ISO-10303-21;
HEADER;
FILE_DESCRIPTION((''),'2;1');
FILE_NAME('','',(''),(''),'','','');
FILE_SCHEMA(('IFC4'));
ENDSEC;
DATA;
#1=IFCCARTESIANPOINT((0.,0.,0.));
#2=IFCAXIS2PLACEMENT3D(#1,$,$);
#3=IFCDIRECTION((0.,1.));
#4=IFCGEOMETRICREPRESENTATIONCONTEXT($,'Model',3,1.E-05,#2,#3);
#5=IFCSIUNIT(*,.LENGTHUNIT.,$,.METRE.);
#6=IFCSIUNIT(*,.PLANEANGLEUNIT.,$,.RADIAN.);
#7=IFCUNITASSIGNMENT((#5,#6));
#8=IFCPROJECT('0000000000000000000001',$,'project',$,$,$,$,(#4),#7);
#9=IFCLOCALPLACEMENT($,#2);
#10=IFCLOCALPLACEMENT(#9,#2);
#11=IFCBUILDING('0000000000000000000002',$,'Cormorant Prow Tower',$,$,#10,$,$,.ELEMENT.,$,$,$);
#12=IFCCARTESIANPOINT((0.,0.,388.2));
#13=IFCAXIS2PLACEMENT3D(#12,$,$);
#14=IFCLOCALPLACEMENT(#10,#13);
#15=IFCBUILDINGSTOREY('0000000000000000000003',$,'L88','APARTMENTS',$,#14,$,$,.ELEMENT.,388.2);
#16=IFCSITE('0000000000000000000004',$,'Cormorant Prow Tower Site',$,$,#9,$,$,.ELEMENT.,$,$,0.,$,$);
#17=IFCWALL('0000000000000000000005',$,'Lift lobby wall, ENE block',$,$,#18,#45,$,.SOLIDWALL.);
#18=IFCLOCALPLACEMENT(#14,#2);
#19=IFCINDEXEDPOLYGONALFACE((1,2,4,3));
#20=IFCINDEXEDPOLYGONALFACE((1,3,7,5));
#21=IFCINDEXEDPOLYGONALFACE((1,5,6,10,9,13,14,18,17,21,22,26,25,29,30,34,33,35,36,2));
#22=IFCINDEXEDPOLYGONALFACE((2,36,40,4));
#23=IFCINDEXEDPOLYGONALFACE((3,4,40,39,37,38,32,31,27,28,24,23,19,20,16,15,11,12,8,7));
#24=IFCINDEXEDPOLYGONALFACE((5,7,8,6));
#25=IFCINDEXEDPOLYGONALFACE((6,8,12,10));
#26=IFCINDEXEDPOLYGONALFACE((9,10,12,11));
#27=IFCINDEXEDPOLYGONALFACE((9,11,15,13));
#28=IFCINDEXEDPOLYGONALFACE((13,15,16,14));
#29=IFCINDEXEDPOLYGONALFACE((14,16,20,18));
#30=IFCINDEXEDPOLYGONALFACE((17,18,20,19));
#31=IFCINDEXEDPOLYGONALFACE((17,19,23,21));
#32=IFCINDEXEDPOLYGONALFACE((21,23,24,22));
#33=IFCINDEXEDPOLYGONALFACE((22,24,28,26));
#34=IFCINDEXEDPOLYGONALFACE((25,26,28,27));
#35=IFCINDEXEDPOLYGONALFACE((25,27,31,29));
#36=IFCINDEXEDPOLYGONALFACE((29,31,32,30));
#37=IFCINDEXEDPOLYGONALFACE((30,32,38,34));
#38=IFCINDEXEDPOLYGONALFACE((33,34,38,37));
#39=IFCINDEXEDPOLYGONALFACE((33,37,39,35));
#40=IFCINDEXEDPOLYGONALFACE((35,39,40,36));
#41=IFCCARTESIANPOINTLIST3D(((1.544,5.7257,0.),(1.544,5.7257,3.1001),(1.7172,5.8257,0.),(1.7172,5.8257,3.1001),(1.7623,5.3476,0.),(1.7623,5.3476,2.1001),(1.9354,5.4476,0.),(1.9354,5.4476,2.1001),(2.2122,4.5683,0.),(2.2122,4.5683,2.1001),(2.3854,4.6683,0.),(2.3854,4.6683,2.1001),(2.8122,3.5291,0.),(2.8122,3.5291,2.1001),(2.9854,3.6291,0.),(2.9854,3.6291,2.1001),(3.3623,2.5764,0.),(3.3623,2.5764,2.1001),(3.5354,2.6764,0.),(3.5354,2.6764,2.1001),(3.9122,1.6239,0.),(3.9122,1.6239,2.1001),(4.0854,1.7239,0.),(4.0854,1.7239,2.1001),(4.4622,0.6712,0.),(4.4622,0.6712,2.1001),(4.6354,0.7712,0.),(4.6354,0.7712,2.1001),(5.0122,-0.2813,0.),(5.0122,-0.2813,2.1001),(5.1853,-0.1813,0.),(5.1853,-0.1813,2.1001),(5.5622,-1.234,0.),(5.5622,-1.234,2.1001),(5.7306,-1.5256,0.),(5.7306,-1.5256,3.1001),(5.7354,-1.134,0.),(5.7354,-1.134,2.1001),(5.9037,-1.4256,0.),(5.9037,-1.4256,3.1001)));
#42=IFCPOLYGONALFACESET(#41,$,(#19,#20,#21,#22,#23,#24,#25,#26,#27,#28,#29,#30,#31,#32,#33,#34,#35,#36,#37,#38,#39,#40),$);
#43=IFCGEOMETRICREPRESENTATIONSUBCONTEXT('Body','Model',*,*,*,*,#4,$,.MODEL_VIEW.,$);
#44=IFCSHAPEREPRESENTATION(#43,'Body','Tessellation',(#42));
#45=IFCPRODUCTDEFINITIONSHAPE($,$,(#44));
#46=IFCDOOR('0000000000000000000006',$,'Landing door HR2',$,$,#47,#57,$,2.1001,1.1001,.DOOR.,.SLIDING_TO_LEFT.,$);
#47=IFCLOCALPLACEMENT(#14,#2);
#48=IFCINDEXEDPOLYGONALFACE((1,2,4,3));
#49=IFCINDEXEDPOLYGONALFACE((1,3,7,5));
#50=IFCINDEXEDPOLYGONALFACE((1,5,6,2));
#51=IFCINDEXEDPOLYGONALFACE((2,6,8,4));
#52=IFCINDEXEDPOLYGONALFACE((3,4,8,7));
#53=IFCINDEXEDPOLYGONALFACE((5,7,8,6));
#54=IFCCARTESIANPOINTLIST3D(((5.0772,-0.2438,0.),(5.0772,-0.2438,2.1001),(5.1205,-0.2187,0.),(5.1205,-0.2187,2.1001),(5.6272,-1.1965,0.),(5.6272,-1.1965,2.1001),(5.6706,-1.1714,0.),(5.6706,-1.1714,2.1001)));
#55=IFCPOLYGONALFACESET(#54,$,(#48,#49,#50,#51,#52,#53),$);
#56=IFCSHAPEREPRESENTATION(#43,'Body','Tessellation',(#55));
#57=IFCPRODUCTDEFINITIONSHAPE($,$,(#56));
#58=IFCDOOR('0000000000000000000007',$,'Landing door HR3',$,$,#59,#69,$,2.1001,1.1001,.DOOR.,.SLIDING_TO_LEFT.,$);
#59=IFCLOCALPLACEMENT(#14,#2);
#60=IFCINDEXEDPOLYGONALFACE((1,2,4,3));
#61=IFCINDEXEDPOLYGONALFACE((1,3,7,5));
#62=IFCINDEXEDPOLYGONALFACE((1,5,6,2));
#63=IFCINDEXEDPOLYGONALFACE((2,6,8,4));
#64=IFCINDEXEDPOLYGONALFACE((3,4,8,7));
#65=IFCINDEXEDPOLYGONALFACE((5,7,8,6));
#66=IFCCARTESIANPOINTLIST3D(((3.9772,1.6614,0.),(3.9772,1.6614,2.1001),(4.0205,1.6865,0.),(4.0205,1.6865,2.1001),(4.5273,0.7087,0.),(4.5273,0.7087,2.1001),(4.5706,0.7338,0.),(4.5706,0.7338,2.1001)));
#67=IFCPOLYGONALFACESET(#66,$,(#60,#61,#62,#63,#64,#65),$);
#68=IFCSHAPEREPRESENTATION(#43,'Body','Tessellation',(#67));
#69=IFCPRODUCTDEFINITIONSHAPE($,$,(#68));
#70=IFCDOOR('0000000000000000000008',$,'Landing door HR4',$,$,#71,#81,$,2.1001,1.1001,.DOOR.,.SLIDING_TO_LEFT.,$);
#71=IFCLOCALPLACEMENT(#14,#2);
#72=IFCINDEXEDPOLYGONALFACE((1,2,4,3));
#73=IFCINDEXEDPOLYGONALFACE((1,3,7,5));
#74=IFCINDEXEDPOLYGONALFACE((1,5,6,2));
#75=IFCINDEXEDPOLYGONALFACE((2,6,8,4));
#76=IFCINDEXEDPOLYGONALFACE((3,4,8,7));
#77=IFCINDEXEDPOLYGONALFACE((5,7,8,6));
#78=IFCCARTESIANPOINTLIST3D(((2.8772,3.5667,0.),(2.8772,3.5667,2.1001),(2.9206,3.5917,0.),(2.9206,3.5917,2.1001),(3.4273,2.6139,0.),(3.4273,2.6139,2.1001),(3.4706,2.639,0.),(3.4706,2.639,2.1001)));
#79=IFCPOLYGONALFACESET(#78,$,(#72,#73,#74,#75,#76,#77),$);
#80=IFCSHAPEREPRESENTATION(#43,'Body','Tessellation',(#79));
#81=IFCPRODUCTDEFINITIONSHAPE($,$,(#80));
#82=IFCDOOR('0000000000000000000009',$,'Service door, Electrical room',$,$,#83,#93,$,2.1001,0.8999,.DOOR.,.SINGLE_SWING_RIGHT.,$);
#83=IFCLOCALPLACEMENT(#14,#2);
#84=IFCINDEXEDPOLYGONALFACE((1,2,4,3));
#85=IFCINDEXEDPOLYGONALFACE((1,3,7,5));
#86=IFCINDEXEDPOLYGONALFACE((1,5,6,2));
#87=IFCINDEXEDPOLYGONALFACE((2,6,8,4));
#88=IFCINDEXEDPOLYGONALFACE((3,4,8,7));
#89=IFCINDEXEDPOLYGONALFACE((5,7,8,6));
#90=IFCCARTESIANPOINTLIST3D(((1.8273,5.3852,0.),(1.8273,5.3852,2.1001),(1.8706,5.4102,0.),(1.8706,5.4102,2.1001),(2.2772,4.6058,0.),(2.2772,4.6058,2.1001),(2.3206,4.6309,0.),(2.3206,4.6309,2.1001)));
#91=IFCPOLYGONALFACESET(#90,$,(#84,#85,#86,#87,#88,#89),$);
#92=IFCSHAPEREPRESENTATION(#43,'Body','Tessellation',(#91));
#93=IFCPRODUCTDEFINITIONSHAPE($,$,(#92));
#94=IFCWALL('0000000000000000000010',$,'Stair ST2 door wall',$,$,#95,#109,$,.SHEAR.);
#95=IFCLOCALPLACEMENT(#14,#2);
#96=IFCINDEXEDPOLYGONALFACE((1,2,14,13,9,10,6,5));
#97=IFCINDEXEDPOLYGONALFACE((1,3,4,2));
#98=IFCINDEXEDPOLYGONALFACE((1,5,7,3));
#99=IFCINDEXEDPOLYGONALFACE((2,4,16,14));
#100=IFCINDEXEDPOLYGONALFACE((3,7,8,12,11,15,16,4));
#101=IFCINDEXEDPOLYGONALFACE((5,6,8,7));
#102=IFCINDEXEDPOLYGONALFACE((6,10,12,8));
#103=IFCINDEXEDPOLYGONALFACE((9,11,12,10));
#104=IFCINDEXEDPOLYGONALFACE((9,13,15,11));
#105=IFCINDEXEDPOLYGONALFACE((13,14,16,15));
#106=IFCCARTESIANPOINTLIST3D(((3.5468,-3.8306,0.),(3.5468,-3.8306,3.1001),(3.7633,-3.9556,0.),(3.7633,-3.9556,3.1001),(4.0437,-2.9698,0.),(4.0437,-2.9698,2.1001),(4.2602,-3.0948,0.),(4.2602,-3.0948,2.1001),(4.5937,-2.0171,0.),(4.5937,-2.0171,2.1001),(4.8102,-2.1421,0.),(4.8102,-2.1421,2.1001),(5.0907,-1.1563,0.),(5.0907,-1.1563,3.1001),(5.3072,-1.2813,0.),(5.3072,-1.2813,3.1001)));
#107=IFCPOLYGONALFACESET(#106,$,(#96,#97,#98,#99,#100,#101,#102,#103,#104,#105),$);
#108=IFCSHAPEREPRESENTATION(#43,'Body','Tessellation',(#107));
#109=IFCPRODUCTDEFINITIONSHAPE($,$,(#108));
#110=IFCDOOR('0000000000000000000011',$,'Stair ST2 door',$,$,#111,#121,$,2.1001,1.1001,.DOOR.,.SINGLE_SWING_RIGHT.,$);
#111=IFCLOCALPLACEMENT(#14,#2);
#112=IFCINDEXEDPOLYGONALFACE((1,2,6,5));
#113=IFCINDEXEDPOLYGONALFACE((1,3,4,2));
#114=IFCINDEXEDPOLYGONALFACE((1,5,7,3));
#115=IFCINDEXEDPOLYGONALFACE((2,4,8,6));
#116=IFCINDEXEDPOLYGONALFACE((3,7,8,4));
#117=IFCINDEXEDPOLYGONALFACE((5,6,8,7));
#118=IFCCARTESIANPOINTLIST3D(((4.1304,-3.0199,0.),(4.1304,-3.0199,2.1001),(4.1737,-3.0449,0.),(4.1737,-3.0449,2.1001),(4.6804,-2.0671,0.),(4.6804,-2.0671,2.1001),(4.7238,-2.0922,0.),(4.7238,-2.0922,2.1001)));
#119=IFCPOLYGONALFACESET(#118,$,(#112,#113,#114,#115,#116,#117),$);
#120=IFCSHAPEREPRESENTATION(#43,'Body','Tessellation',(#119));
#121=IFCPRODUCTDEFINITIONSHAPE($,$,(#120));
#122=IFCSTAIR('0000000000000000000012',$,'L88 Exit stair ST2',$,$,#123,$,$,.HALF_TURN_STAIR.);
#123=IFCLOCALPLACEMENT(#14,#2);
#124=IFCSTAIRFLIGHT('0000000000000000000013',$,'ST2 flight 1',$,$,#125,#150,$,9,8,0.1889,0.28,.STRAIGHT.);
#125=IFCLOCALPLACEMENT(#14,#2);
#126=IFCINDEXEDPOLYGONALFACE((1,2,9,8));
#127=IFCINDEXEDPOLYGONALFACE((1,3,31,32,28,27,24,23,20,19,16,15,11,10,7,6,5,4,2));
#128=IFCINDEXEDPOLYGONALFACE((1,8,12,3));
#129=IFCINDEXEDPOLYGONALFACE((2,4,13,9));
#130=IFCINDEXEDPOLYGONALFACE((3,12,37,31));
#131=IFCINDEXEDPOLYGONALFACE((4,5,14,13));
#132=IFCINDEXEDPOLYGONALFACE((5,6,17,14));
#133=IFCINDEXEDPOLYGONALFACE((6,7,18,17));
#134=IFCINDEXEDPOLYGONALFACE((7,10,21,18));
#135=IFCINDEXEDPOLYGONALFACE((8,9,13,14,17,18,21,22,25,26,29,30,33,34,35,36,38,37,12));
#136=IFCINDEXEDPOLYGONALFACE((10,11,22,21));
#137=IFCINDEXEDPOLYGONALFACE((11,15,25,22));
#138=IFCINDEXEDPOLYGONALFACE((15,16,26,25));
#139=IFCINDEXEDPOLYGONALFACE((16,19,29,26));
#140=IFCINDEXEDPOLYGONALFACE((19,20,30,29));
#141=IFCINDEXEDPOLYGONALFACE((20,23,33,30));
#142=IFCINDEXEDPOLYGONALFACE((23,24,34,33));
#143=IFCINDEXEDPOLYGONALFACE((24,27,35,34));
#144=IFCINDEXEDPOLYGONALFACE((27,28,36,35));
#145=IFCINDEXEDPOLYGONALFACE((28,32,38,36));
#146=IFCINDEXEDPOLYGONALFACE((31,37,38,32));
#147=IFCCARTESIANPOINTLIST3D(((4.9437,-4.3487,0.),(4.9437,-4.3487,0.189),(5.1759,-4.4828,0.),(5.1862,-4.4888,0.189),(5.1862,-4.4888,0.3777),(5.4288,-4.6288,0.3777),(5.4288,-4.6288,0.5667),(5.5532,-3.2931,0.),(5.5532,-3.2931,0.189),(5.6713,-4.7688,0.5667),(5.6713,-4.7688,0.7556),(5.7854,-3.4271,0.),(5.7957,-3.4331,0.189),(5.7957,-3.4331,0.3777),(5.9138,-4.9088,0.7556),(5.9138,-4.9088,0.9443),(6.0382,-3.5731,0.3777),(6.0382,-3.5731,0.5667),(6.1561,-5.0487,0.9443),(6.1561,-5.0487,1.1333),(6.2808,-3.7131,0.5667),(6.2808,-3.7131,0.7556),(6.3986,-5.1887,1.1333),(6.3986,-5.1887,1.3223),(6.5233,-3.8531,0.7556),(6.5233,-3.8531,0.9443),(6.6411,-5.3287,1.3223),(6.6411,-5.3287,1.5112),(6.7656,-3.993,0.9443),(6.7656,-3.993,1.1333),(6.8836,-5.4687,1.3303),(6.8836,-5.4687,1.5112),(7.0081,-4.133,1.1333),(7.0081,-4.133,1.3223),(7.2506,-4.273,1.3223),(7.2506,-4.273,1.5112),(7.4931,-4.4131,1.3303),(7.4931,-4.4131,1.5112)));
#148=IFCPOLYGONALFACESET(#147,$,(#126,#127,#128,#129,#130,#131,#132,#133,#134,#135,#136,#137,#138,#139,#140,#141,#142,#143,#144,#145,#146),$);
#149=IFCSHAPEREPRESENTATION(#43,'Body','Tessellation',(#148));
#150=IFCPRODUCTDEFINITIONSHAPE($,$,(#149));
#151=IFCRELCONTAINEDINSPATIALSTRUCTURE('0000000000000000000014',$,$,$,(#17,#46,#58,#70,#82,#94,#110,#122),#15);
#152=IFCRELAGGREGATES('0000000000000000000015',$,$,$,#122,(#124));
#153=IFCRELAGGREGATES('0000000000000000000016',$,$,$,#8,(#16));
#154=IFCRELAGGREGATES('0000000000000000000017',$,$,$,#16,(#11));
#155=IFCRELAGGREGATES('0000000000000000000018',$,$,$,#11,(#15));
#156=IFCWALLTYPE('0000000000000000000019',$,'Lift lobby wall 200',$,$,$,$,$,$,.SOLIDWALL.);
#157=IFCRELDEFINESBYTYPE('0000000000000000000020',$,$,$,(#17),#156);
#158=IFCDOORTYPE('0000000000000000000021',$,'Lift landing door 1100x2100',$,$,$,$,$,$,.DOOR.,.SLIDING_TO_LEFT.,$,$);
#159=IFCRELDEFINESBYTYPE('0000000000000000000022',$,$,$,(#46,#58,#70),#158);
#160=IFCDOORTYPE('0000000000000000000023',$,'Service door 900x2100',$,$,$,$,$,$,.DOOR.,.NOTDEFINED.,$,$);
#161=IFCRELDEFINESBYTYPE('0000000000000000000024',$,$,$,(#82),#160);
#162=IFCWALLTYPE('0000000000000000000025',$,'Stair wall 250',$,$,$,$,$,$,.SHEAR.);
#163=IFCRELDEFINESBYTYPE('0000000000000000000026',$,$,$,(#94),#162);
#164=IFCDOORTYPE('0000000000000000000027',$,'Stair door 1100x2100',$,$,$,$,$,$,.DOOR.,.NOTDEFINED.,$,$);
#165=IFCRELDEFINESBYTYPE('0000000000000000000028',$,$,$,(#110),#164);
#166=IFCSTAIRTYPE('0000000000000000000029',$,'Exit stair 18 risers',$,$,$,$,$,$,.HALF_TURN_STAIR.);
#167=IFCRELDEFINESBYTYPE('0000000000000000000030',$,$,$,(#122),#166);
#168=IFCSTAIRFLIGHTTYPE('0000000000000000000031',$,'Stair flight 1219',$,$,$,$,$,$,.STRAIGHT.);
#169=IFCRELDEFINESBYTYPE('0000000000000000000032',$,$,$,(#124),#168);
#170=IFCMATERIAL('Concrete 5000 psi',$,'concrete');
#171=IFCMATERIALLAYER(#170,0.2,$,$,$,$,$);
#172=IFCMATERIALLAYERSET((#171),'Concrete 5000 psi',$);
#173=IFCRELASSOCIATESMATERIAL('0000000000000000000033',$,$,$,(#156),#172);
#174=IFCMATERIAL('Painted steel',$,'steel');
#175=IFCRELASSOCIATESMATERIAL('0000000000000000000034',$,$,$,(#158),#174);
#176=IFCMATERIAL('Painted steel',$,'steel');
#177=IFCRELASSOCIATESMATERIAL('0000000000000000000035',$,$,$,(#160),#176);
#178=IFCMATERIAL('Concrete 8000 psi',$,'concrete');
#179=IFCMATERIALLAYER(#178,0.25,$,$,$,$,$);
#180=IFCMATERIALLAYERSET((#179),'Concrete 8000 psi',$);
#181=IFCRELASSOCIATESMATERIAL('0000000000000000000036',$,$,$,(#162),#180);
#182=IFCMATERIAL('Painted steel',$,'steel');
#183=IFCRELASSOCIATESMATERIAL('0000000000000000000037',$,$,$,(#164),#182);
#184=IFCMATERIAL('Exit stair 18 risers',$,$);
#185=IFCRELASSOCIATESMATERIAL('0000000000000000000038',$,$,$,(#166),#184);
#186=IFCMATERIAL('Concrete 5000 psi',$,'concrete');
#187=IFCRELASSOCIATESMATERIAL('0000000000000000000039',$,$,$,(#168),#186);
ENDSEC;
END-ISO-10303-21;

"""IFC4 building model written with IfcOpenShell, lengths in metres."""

from ifc_helpers import new_model, si_unit, direction, frame, frame_2d, origin, place, context, subcontext, project, spatial, polyline, rectangle, outline, extrude, material, layer, layer_set, type_object, element, fill, aggregate, save


model = new_model("IFC4")

# Units and contexts
model_context = context("Model", 3, precision=1e-05, world=origin(), true_north=direction((0.0, 1.0)))
body_context = subcontext(model_context, "Body", "Model", "MODEL_VIEW")
ifc_project = project(units=[si_unit("LENGTHUNIT", "METRE"), si_unit("PLANEANGLEUNIT", "RADIAN")], contexts=[model_context])

# Site, building, storey
site_placement = place(None, origin())
site = spatial("IfcSite", under=ifc_project, at=site_placement, Name="Cormorant Prow Tower Site", CompositionType="ELEMENT", RefElevation=0.0)
building_placement = place(site_placement, origin())
building = spatial("IfcBuilding", under=site, at=building_placement, Name="Cormorant Prow Tower", CompositionType="ELEMENT")
storey_placement = place(building_placement, frame((0.0, 0.0, 388.2)))
storey = spatial("IfcBuildingStorey", under=building, at=storey_placement, Name="L88", Description="APARTMENTS", CompositionType="ELEMENT", Elevation=388.2)

# Wall, openings, doors
ifc_material_1 = material(Name="Concrete 5000 psi", Category="concrete")
ifc_layer_1 = layer(ifc_material_1, 0.2)
ifc_layer_set_1 = layer_set([ifc_layer_1], Name="Concrete 5000 psi")
wall_type_1 = type_object("IfcWallType", Name="Lift lobby wall 200", PredefinedType="SOLIDWALL", material=ifc_layer_set_1)
wall_1_placement = place(storey_placement, frame((5.8171, -1.4756, 0.0), z_axis=(0.0, 0.0, 1.0), x_axis=(-0.500003, 0.866024, 0.0)))
wall_1 = element("IfcWall", 1, at=wall_1_placement, inside=storey, type_object=wall_type_1, Name="Lift lobby wall, ENE block", PredefinedType="SOLIDWALL", context=body_context, shape_type="SweptSolid", body=[
    extrude(rectangle(XDim=8.373, YDim=0.2, at=frame_2d((4.1865, 0.0))), origin(), (0.0, 0.0, 1.0), 3.1001),
])
opening_1_placement = place(wall_1_placement, frame((0.3367, 0.0, 0.0)))
opening_1 = element("IfcOpeningElement", 2, at=opening_1_placement, cuts=wall_1, PredefinedType="OPENING", context=body_context, shape_type="SweptSolid", body=[
    extrude(rectangle(XDim=1.1001, YDim=2.1001, at=frame_2d((0.55, 1.05))), frame((0.0, 0.1099, 0.0), z_axis=(0.0, -1.0, 0.0), x_axis=(1.0, 0.0, 0.0)), (0.0, 0.0, 1.0), 0.22),
])
opening_2_placement = place(wall_1_placement, frame((2.5366, 0.0, 0.0)))
opening_2 = element("IfcOpeningElement", 3, at=opening_2_placement, cuts=wall_1, PredefinedType="OPENING", context=body_context, shape_type="SweptSolid", body=[
    extrude(rectangle(XDim=1.1001, YDim=2.1001, at=frame_2d((0.55, 1.05))), frame((0.0, 0.1099, 0.0), z_axis=(0.0, -1.0, 0.0), x_axis=(1.0, 0.0, 0.0)), (0.0, 0.0, 1.0), 0.22),
])
opening_3_placement = place(wall_1_placement, frame((4.7366, 0.0, 0.0)))
opening_3 = element("IfcOpeningElement", 4, at=opening_3_placement, cuts=wall_1, PredefinedType="OPENING", context=body_context, shape_type="SweptSolid", body=[
    extrude(rectangle(XDim=1.1001, YDim=2.1001, at=frame_2d((0.55, 1.05))), frame((0.0, 0.1099, 0.0), z_axis=(0.0, -1.0, 0.0), x_axis=(1.0, 0.0, 0.0)), (0.0, 0.0, 1.0), 0.22),
])
opening_4_placement = place(wall_1_placement, frame((7.0366, 0.0, 0.0)))
opening_4 = element("IfcOpeningElement", 5, at=opening_4_placement, cuts=wall_1, PredefinedType="OPENING", context=body_context, shape_type="SweptSolid", body=[
    extrude(rectangle(XDim=0.8999, YDim=2.1001, at=frame_2d((0.45, 1.05))), frame((0.0, 0.1099, 0.0), z_axis=(0.0, -1.0, 0.0), x_axis=(1.0, 0.0, 0.0)), (0.0, 0.0, 1.0), 0.22),
])
ifc_material_2 = material(Name="Painted steel", Category="steel")
door_type_1 = type_object("IfcDoorType", Name="Lift landing door 1100x2100", OperationType="SLIDING_TO_LEFT", PredefinedType="DOOR", material=ifc_material_2)
door_1_placement = place(opening_1_placement, origin())
door_1 = element("IfcDoor", 6, at=door_1_placement, inside=storey, type_object=door_type_1, Name="Landing door HR2", OperationType="SLIDING_TO_LEFT", OverallHeight=2.1001, OverallWidth=1.1001, PredefinedType="DOOR", context=body_context, shape_type="SweptSolid", body=[
    extrude(rectangle(XDim=1.1001, YDim=2.1001, at=frame_2d((0.55, 1.05))), frame((0.0, 0.0249, 0.0), z_axis=(0.0, -1.0, 0.0), x_axis=(1.0, 0.0, 0.0)), (0.0, 0.0, 1.0), 0.05),
])
fill(opening_1, door_1)
door_2_placement = place(opening_2_placement, origin())
door_2 = element("IfcDoor", 7, at=door_2_placement, inside=storey, type_object=door_type_1, Name="Landing door HR3", OperationType="SLIDING_TO_LEFT", OverallHeight=2.1001, OverallWidth=1.1001, PredefinedType="DOOR", context=body_context, shape_type="SweptSolid", body=[
    extrude(rectangle(XDim=1.1001, YDim=2.1001, at=frame_2d((0.55, 1.05))), frame((0.0, 0.0249, 0.0), z_axis=(0.0, -1.0, 0.0), x_axis=(1.0, 0.0, 0.0)), (0.0, 0.0, 1.0), 0.05),
])
fill(opening_2, door_2)
door_3_placement = place(opening_3_placement, origin())
door_3 = element("IfcDoor", 8, at=door_3_placement, inside=storey, type_object=door_type_1, Name="Landing door HR4", OperationType="SLIDING_TO_LEFT", OverallHeight=2.1001, OverallWidth=1.1001, PredefinedType="DOOR", context=body_context, shape_type="SweptSolid", body=[
    extrude(rectangle(XDim=1.1001, YDim=2.1001, at=frame_2d((0.55, 1.05))), frame((0.0, 0.0249, 0.0), z_axis=(0.0, -1.0, 0.0), x_axis=(1.0, 0.0, 0.0)), (0.0, 0.0, 1.0), 0.05),
])
fill(opening_3, door_3)
ifc_material_3 = material(Name="Painted steel", Category="steel")
door_type_2 = type_object("IfcDoorType", Name="Service door 900x2100", OperationType="NOTDEFINED", PredefinedType="DOOR", material=ifc_material_3)
door_4_placement = place(opening_4_placement, origin())
door_4 = element("IfcDoor", 9, at=door_4_placement, inside=storey, type_object=door_type_2, Name="Service door, Electrical room", OperationType="SINGLE_SWING_RIGHT", OverallHeight=2.1001, OverallWidth=0.8999, PredefinedType="DOOR", context=body_context, shape_type="SweptSolid", body=[
    extrude(rectangle(XDim=0.8999, YDim=2.1001, at=frame_2d((0.45, 1.05))), frame((0.0, 0.0249, 0.0), z_axis=(0.0, -1.0, 0.0), x_axis=(1.0, 0.0, 0.0)), (0.0, 0.0, 1.0), 0.05),
])
fill(opening_4, door_4)

# Wall, opening, door
ifc_material_4 = material(Name="Concrete 8000 psi", Category="concrete")
ifc_layer_2 = layer(ifc_material_4, 0.25)
ifc_layer_set_2 = layer_set([ifc_layer_2], Name="Concrete 8000 psi")
wall_type_2 = type_object("IfcWallType", Name="Stair wall 250", PredefinedType="SHEAR", material=ifc_layer_set_2)
wall_2_placement = place(storey_placement, frame((3.655, -3.8931, 0.0), z_axis=(0.0, 0.0, 1.0), x_axis=(0.499983, 0.866035, 0.0)))
wall_2 = element("IfcWall", 10, at=wall_2_placement, inside=storey, type_object=wall_type_2, Name="Stair ST2 door wall", PredefinedType="SHEAR", context=body_context, shape_type="SweptSolid", body=[
    extrude(rectangle(XDim=3.0879, YDim=0.25, at=frame_2d((1.5439, 0.0))), origin(), (0.0, 0.0, 1.0), 3.1001),
])
opening_5_placement = place(wall_2_placement, frame((0.9939, 0.0, 0.0)))
opening_5 = element("IfcOpeningElement", 11, at=opening_5_placement, cuts=wall_2, PredefinedType="OPENING", context=body_context, shape_type="SweptSolid", body=[
    extrude(rectangle(XDim=1.1001, YDim=2.1001, at=frame_2d((0.55, 1.05))), frame((0.0, 0.135, 0.0), z_axis=(0.0, -1.0, 0.0), x_axis=(1.0, 0.0, 0.0)), (0.0, 0.0, 1.0), 0.27),
])
ifc_material_5 = material(Name="Painted steel", Category="steel")
door_type_3 = type_object("IfcDoorType", Name="Stair door 1100x2100", OperationType="NOTDEFINED", PredefinedType="DOOR", material=ifc_material_5)
door_5_placement = place(opening_5_placement, origin())
door_5 = element("IfcDoor", 12, at=door_5_placement, inside=storey, type_object=door_type_3, Name="Stair ST2 door", OperationType="SINGLE_SWING_RIGHT", OverallHeight=2.1001, OverallWidth=1.1001, PredefinedType="DOOR", context=body_context, shape_type="SweptSolid", body=[
    extrude(rectangle(XDim=1.1001, YDim=2.1001, at=frame_2d((0.55, 1.05))), frame((0.0, 0.0249, 0.0), z_axis=(0.0, -1.0, 0.0), x_axis=(1.0, 0.0, 0.0)), (0.0, 0.0, 1.0), 0.05),
])
fill(opening_5, door_5)

# Stair, stair flight
ifc_material_6 = material(Name="Exit stair 18 risers")
stair_type = type_object("IfcStairType", Name="Exit stair 18 risers", PredefinedType="HALF_TURN_STAIR", material=ifc_material_6)
stair_placement = place(storey_placement, origin())
stair = element("IfcStair", 13, at=stair_placement, inside=storey, type_object=stair_type, Name="L88 Exit stair ST2", PredefinedType="HALF_TURN_STAIR")
ifc_material_7 = material(Name="Concrete 5000 psi", Category="concrete")
stair_flight_type = type_object("IfcStairFlightType", Name="Stair flight 1219", PredefinedType="STRAIGHT", material=ifc_material_7)
stair_flight_1_placement = place(storey_placement, frame((5.2485, -3.8208, 0.0), z_axis=(0.0, 0.0, 1.0), x_axis=(0.866025, -0.5, 0.0)))
stair_flight_1 = element("IfcStairFlight", 14, at=stair_flight_1_placement, type_object=stair_flight_type, Name="ST2 flight 1", NumberOfRisers=9, NumberOfTreads=8, PredefinedType="STRAIGHT", RiserHeight=0.1889, TreadLength=0.28, context=body_context, shape_type="SweptSolid", body=[
    extrude(outline(polyline([(0.0, 0.0), (0.0, 0.189), (0.28, 0.189), (0.28, 0.3777), (0.5601, 0.3777), (0.5601, 0.5667), (0.8401, 0.5667), (0.8401, 0.7556), (1.1201, 0.7556), (1.1201, 0.9443), (1.3999, 0.9443), (1.3999, 1.1333), (1.6799, 1.1333), (1.6799, 1.3223), (1.96, 1.3223), (1.96, 1.5112), (2.24, 1.5112), (2.24, 1.7), (2.24, 1.3303), (0.2681, 0.0), (0.0, 0.0)])), frame((0.0, 0.6094, 0.0), z_axis=(0.0, -1.0, 0.0), x_axis=(1.0, 0.0, 0.0)), (0.0, 0.0, 1.0), 1.219),
])
aggregate(stair, [stair_flight_1])

save(model, "model.ifc")
